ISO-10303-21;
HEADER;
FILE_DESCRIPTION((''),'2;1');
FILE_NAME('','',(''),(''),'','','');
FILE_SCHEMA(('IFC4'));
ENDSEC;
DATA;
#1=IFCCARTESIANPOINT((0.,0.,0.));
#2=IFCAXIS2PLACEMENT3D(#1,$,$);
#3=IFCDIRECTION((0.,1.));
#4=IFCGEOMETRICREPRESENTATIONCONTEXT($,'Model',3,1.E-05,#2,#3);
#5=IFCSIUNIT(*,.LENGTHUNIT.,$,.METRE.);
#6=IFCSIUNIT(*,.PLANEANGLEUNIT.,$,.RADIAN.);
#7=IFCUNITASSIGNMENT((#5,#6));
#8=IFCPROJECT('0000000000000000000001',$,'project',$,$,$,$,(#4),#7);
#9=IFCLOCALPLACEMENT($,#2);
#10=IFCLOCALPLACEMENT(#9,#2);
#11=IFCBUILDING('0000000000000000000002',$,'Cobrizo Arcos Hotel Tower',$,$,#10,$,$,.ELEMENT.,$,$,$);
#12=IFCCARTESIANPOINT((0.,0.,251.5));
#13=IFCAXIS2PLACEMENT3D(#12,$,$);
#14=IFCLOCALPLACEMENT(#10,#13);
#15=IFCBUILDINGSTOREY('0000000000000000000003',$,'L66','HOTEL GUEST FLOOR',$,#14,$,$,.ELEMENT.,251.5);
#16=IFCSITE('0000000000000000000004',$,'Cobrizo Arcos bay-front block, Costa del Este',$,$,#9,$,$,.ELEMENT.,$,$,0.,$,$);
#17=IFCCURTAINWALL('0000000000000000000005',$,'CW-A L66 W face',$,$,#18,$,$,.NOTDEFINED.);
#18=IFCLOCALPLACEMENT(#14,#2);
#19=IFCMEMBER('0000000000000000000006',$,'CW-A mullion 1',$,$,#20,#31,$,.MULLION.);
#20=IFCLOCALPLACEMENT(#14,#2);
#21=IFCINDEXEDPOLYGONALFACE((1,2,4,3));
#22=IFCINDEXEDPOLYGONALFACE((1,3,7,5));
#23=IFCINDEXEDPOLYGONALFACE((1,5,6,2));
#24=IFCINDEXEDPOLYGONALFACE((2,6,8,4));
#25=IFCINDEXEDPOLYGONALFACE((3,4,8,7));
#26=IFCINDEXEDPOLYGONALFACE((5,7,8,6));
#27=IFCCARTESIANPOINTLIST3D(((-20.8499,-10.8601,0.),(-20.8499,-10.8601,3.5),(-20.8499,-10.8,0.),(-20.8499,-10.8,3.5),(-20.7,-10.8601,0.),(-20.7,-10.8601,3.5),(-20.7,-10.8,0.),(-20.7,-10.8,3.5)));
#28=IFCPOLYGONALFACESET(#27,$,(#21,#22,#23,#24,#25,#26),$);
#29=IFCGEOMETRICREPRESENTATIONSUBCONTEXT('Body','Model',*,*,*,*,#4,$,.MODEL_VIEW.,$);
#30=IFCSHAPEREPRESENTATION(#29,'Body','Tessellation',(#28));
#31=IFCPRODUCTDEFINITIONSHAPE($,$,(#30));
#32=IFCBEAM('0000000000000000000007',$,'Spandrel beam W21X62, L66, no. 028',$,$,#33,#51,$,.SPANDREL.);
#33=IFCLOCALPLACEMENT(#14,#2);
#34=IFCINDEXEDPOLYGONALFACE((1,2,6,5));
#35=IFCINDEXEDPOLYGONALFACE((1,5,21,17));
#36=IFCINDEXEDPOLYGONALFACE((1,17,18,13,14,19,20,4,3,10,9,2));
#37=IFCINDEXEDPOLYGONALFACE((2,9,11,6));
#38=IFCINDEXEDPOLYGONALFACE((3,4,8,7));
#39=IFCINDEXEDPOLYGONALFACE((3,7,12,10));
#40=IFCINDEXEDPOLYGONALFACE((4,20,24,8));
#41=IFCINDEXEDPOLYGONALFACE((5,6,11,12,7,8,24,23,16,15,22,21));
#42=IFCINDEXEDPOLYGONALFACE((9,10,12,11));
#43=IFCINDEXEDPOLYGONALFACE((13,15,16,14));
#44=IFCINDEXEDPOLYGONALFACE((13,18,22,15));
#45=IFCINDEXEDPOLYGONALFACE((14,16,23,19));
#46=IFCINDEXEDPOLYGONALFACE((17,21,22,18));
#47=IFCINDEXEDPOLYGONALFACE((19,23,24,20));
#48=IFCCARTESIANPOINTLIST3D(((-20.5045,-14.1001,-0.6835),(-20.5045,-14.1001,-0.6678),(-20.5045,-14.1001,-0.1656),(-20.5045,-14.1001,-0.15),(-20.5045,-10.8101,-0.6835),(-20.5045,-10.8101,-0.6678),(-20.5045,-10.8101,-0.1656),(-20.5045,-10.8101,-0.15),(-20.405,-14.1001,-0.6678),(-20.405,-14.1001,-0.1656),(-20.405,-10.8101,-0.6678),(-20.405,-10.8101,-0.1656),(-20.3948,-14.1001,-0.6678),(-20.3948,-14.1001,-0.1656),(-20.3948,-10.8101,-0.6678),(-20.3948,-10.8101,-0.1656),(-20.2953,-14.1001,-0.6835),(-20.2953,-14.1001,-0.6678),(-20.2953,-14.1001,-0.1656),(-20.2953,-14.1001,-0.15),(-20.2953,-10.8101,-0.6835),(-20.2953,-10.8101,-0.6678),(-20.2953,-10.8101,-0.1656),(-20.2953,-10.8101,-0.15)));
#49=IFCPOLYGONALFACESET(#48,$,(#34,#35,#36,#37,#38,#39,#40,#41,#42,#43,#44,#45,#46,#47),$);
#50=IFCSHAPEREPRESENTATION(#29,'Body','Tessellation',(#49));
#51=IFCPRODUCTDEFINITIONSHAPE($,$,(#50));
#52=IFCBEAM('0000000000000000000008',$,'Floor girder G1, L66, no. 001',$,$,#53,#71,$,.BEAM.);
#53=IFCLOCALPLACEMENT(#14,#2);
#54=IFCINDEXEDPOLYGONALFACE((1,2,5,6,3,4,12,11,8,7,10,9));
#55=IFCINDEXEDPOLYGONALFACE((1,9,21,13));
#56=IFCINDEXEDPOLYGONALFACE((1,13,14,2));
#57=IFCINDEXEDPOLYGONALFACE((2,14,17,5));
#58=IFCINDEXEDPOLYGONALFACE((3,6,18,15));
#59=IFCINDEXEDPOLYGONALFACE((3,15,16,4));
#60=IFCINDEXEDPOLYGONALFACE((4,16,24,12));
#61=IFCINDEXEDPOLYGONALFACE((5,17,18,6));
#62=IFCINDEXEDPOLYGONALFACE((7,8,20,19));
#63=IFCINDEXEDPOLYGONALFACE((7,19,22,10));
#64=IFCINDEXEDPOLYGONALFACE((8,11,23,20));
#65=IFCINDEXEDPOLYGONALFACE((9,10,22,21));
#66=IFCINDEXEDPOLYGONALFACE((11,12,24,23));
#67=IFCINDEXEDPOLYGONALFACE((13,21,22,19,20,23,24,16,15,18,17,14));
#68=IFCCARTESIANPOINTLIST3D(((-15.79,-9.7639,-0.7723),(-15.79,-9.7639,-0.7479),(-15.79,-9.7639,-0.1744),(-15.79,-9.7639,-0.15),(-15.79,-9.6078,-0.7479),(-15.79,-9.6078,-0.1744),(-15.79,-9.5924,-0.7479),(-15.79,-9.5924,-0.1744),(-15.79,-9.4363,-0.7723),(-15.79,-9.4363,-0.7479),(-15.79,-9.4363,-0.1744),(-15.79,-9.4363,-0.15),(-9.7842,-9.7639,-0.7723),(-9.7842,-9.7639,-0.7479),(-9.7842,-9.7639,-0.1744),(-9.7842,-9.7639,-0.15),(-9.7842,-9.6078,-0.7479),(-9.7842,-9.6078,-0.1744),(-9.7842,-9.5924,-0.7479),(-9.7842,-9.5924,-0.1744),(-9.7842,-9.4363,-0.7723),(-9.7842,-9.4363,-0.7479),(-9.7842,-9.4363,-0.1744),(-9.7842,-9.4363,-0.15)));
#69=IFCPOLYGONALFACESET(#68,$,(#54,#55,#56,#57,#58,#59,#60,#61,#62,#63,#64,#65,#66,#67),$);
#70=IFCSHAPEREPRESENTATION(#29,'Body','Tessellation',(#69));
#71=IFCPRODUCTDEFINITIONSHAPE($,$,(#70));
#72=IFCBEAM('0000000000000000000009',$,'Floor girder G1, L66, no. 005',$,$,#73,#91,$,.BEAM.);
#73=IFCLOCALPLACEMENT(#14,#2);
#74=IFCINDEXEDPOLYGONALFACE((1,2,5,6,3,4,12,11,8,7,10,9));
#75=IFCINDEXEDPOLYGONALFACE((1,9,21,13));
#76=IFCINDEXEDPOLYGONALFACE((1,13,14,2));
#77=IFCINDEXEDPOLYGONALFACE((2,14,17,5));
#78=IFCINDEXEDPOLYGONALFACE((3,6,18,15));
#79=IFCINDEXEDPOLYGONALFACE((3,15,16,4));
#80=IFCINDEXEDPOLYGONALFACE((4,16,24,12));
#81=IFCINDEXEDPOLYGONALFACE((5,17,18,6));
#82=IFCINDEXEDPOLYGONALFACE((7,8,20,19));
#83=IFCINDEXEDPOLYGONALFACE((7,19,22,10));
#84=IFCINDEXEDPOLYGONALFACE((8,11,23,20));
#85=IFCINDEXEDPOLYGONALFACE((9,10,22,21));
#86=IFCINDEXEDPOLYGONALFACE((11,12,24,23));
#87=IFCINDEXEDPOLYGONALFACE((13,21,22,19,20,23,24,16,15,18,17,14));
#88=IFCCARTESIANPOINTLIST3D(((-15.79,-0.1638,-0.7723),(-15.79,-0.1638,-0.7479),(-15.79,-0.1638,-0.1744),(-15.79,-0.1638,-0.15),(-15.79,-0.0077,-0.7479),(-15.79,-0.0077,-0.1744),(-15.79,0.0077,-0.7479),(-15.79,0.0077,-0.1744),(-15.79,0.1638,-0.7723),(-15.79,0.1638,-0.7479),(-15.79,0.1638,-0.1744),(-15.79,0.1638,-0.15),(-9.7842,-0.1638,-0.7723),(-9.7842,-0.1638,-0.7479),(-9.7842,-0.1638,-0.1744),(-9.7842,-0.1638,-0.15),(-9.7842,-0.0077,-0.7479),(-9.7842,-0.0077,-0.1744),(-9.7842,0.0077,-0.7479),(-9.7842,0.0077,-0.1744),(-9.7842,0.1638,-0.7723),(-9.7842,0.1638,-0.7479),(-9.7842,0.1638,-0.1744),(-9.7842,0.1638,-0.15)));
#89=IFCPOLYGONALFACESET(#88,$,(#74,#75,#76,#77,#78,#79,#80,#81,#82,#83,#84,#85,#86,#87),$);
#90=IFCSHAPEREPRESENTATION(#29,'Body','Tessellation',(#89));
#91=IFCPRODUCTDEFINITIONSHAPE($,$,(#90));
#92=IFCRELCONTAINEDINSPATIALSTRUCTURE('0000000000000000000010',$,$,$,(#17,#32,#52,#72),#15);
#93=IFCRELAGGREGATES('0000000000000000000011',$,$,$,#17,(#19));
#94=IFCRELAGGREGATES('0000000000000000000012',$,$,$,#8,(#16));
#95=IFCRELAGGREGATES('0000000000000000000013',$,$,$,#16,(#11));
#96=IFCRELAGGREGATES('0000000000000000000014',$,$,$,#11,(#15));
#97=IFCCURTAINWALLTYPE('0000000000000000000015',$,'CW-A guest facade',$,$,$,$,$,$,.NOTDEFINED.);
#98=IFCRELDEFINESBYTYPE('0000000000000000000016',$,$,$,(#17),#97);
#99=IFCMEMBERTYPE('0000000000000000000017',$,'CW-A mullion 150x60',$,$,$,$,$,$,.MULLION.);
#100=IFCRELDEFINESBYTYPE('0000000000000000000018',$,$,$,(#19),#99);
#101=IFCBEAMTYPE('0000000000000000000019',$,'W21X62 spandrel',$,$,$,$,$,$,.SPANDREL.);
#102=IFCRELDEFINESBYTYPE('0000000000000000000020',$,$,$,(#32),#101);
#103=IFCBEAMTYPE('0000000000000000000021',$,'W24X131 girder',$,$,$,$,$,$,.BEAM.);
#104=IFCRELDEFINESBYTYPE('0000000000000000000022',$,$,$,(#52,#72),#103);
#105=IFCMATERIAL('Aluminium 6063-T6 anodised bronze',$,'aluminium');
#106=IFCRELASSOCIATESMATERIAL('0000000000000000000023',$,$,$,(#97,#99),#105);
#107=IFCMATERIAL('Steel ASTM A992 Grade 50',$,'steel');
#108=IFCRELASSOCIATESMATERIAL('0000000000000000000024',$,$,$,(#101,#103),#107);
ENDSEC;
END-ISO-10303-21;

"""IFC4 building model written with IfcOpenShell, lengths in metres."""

from ifc_helpers import new_model, si_unit, direction, frame, origin, origin_2d, place, context, subcontext, project, spatial, rectangle, i_section, extrude, material, material_profile, profile_set, type_object, element, aggregate, save


model = new_model("IFC4")

# Units and contexts
model_context = context("Model", 3, precision=1e-05, world=origin(), true_north=direction((0.0, 1.0)))
body_context = subcontext(model_context, "Body", "Model", "MODEL_VIEW")
ifc_project = project(units=[si_unit("LENGTHUNIT", "METRE"), si_unit("PLANEANGLEUNIT", "RADIAN")], contexts=[model_context])

# Site, building, storey
site_placement = place(None, origin())
site = spatial("IfcSite", under=ifc_project, at=site_placement, Name="Cobrizo Arcos bay-front block, Costa del Este", CompositionType="ELEMENT", RefElevation=0.0)
building_placement = place(site_placement, origin())
building = spatial("IfcBuilding", under=site, at=building_placement, Name="Cobrizo Arcos Hotel Tower", CompositionType="ELEMENT")
storey_placement = place(building_placement, frame((0.0, 0.0, 251.5)))
storey = spatial("IfcBuildingStorey", under=building, at=storey_placement, Name="L66", Description="HOTEL GUEST FLOOR", CompositionType="ELEMENT", Elevation=251.5)

# Curtain wall, member
ifc_material_1 = material(Name="Aluminium 6063-T6 anodised bronze", Category="aluminium")
curtain_wall_type = type_object("IfcCurtainWallType", Name="CW-A guest facade", PredefinedType="NOTDEFINED", material=ifc_material_1)
curtain_wall_placement = place(storey_placement, origin())
curtain_wall = element("IfcCurtainWall", 1, at=curtain_wall_placement, inside=storey, type_object=curtain_wall_type, Name="CW-A L66 W face", PredefinedType="NOTDEFINED")
ifc_material_profile_1 = material_profile(ifc_material_1, rectangle(XDim=0.1499, YDim=0.0601, at=origin_2d()), Name="CW-A mullion 150x60")
ifc_profile_set_1 = profile_set([ifc_material_profile_1], Name="Aluminium 6063-T6 anodised bronze")
member_type = type_object("IfcMemberType", Name="CW-A mullion 150x60", PredefinedType="MULLION", material=ifc_profile_set_1)
member_placement = place(storey_placement, frame((-20.7749, -10.8301, 0.0), z_axis=(0.0, 0.0, 1.0), x_axis=(-1.0, 0.0, 0.0)))
member = element("IfcMember", 2, at=member_placement, type_object=member_type, Name="CW-A mullion 1", PredefinedType="MULLION", context=body_context, shape_type="SweptSolid", body=[
    extrude(rectangle(XDim=0.1499, YDim=0.0601, at=origin_2d()), origin(), (0.0, 0.0, 1.0), 3.5),
])
aggregate(curtain_wall, [member])

# Beams
ifc_material_2 = material(Name="Steel ASTM A992 Grade 50", Category="steel")
ifc_material_profile_2 = material_profile(ifc_material_2, i_section(OverallWidth=0.2092, OverallDepth=0.5334, WebThickness=0.0103, FlangeThickness=0.0156, at=origin_2d()), Name="W21X62")
ifc_profile_set_2 = profile_set([ifc_material_profile_2], Name="Steel ASTM A992 Grade 50")
beam_type_1 = type_object("IfcBeamType", Name="W21X62 spandrel", PredefinedType="SPANDREL", material=ifc_profile_set_2)
beam_placement = place(storey_placement, frame((-20.3999, -10.8101, -0.4167), z_axis=(0.0, -1.0, 0.0), x_axis=(1.0, 0.0, 0.0)))
element("IfcBeam", 3, at=beam_placement, inside=storey, type_object=beam_type_1, Name="Spandrel beam W21X62, L66, no. 028", PredefinedType="SPANDREL", context=body_context, shape_type="SweptSolid", body=[
    extrude(i_section(OverallWidth=0.2092, OverallDepth=0.5334, WebThickness=0.0103, FlangeThickness=0.0156, at=origin_2d()), origin(), (0.0, 0.0, 1.0), 3.29),
])
ifc_material_profile_3 = material_profile(ifc_material_2, i_section(OverallWidth=0.3276, OverallDepth=0.6223, WebThickness=0.0154, FlangeThickness=0.0244, at=origin_2d()), Name="W24X131")
ifc_profile_set_3 = profile_set([ifc_material_profile_3], Name="Steel ASTM A992 Grade 50")
beam_type_2 = type_object("IfcBeamType", Name="W24X131 girder", PredefinedType="BEAM", material=ifc_profile_set_3)
for number, where, z_axis, x_axis, name in (
    (4, (-15.79, -9.6001, -0.4612), (1.0, 0.0, 0.0), (0.0, 1.0, 0.0), "Floor girder G1, L66, no. 001"),
    (5, (-15.79, 0.0, -0.4612), (1.0, 0.0, 0.0), (0.0, 1.0, 0.0), "Floor girder G1, L66, no. 005"),
):
    element("IfcBeam", number, at=place(storey_placement, frame(where, z_axis=z_axis, x_axis=x_axis)), inside=storey, type_object=beam_type_2, Name=name, PredefinedType="BEAM", context=body_context, shape_type="SweptSolid", body=[
        extrude(i_section(OverallWidth=0.3276, OverallDepth=0.6223, WebThickness=0.0154, FlangeThickness=0.0244, at=origin_2d()), origin(), (0.0, 0.0, 1.0), 6.0059),
    ])

save(model, "model.ifc")
